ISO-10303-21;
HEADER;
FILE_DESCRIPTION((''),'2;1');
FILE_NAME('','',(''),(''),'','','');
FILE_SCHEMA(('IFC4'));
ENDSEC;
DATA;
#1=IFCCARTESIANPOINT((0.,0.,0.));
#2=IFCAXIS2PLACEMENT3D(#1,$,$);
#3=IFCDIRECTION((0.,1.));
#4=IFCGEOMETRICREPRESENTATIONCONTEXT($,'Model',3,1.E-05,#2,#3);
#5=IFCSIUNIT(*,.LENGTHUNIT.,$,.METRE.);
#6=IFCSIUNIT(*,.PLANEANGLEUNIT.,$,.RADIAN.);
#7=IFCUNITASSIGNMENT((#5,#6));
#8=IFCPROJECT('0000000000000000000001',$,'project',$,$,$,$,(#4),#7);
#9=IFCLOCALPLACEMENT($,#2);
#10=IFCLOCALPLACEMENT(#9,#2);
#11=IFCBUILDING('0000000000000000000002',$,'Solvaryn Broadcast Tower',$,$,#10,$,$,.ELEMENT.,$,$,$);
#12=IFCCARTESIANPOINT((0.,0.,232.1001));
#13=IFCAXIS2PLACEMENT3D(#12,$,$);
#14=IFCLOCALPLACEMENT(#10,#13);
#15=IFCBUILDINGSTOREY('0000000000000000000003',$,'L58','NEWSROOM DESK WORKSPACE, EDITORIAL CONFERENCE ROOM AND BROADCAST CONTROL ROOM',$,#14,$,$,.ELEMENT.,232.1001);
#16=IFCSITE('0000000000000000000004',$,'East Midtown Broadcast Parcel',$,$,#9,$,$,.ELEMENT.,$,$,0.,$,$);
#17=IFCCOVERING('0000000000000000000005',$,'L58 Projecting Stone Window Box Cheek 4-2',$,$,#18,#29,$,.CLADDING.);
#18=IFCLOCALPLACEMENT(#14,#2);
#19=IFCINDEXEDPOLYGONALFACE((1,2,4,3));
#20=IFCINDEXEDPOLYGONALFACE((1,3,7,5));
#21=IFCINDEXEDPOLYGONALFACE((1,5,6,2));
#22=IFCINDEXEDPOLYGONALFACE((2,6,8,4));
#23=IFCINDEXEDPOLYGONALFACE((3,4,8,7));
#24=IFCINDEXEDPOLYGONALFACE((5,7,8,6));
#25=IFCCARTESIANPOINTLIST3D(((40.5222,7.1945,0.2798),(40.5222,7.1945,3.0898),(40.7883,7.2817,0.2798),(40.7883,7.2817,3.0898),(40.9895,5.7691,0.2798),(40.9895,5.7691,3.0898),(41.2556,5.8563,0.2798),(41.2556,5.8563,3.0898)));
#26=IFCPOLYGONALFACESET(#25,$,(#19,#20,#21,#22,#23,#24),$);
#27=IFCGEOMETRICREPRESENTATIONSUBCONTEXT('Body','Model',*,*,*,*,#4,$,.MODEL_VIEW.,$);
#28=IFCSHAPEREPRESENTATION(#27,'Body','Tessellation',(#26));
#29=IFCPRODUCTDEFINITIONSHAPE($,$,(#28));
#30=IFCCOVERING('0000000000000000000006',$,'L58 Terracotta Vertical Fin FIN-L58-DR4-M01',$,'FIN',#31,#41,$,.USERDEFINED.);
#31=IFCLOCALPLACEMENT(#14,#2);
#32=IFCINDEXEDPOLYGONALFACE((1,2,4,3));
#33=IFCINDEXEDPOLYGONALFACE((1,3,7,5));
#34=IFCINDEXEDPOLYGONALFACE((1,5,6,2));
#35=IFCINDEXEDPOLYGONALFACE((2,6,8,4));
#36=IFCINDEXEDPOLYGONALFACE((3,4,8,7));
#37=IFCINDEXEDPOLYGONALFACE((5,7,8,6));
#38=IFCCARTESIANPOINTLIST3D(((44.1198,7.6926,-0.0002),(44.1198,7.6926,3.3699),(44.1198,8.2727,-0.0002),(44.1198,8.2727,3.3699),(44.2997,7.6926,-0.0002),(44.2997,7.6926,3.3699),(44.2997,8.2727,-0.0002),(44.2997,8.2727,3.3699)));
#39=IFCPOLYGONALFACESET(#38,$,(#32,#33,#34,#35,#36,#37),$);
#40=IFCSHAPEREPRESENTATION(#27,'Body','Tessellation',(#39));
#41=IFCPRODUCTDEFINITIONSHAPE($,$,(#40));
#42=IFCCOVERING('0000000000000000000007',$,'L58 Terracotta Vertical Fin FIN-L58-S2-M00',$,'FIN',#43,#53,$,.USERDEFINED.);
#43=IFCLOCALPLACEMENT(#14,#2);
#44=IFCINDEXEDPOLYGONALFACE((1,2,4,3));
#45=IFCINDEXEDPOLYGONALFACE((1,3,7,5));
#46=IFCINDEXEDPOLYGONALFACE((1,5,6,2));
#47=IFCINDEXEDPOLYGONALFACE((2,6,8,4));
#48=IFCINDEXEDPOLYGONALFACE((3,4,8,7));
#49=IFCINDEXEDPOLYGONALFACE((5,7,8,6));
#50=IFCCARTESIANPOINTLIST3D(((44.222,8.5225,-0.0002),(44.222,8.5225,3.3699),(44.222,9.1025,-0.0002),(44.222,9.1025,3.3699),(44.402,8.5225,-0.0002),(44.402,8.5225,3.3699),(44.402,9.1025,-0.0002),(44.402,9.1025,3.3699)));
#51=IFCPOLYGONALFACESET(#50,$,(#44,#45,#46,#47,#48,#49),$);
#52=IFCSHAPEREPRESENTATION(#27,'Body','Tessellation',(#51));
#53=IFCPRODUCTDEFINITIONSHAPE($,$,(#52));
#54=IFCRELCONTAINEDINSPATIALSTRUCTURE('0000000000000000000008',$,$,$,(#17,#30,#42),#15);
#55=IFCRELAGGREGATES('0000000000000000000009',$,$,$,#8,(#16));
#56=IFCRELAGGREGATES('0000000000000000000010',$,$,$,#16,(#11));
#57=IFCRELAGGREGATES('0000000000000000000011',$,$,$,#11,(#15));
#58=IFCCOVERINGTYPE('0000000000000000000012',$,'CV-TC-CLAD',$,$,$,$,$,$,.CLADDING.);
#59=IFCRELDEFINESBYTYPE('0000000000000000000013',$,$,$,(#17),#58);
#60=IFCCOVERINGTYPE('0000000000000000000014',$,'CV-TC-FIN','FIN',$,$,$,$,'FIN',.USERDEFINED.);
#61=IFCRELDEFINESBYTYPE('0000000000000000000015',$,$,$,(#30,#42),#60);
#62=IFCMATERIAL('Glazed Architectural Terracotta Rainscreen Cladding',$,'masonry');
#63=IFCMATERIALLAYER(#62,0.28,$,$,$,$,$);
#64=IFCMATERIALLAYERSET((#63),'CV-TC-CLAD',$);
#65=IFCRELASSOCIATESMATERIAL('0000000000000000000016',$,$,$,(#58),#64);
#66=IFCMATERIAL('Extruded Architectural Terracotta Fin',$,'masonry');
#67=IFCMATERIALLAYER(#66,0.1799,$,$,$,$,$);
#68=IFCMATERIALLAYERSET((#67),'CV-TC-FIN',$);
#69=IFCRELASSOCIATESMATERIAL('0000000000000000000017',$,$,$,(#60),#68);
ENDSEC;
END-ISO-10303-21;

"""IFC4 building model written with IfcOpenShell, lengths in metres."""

from ifc_helpers import new_model, si_unit, direction, frame, origin, origin_2d, place, context, subcontext, project, spatial, rectangle, extrude, material, layer, layer_set, type_object, element, save


model = new_model("IFC4")

# Units and contexts
model_context = context("Model", 3, precision=1e-05, world=origin(), true_north=direction((0.0, 1.0)))
body_context = subcontext(model_context, "Body", "Model", "MODEL_VIEW")
ifc_project = project(units=[si_unit("LENGTHUNIT", "METRE"), si_unit("PLANEANGLEUNIT", "RADIAN")], contexts=[model_context])

# Site, building, storey
site_placement = place(None, origin())
site = spatial("IfcSite", under=ifc_project, at=site_placement, Name="East Midtown Broadcast Parcel", CompositionType="ELEMENT", RefElevation=0.0)
building_placement = place(site_placement, origin())
building = spatial("IfcBuilding", under=site, at=building_placement, Name="Solvaryn Broadcast Tower", CompositionType="ELEMENT")
storey_placement = place(building_placement, frame((0.0, 0.0, 232.1001)))
storey = spatial("IfcBuildingStorey", under=building, at=storey_placement, Name="L58", Description="NEWSROOM DESK WORKSPACE, EDITORIAL CONFERENCE ROOM AND BROADCAST CONTROL ROOM", CompositionType="ELEMENT", Elevation=232.1001)

# Coverings
ifc_material_1 = material(Name="Glazed Architectural Terracotta Rainscreen Cladding", Category="masonry")
ifc_layer_1 = layer(ifc_material_1, 0.28)
ifc_layer_set_1 = layer_set([ifc_layer_1], Name="CV-TC-CLAD")
covering_type_1 = type_object("IfcCoveringType", Name="CV-TC-CLAD", PredefinedType="CLADDING", material=ifc_layer_set_1)
covering_placement = place(storey_placement, frame((40.8889, 6.5254, 0.2798), z_axis=(0.0, 0.0, 1.0), x_axis=(0.950244, 0.311506, 0.0)))
element("IfcCovering", 1, at=covering_placement, inside=storey, type_object=covering_type_1, Name="L58 Projecting Stone Window Box Cheek 4-2", PredefinedType="CLADDING", context=body_context, shape_type="SweptSolid", body=[
    extrude(rectangle(XDim=0.28, YDim=1.5, at=origin_2d()), origin(), (0.0, 0.0, 1.0), 2.8101),
])
ifc_material_2 = material(Name="Extruded Architectural Terracotta Fin", Category="masonry")
ifc_layer_2 = layer(ifc_material_2, 0.1799)
ifc_layer_set_2 = layer_set([ifc_layer_2], Name="CV-TC-FIN")
covering_type_2 = type_object("IfcCoveringType", Name="CV-TC-FIN", Description="FIN", ElementType="FIN", PredefinedType="USERDEFINED", material=ifc_layer_set_2)
for number, where, z_axis, x_axis, name in (
    (2, (44.2097, 7.9827, -0.0002), (0.0, 0.0, 1.0), (1.0, 0.0, 0.0), "L58 Terracotta Vertical Fin FIN-L58-DR4-M01"),
    (3, (44.312, 8.8125, -0.0002), (0.0, 0.0, 1.0), (1.0, 0.0, 0.0), "L58 Terracotta Vertical Fin FIN-L58-S2-M00"),
):
    element("IfcCovering", number, at=place(storey_placement, frame(where, z_axis=z_axis, x_axis=x_axis)), inside=storey, type_object=covering_type_2, Name=name, ObjectType="FIN", PredefinedType="USERDEFINED", context=body_context, shape_type="SweptSolid", body=[
        extrude(rectangle(XDim=0.1799, YDim=0.5801, at=origin_2d()), origin(), (0.0, 0.0, 1.0), 3.3701),
    ])

save(model, "model.ifc")
